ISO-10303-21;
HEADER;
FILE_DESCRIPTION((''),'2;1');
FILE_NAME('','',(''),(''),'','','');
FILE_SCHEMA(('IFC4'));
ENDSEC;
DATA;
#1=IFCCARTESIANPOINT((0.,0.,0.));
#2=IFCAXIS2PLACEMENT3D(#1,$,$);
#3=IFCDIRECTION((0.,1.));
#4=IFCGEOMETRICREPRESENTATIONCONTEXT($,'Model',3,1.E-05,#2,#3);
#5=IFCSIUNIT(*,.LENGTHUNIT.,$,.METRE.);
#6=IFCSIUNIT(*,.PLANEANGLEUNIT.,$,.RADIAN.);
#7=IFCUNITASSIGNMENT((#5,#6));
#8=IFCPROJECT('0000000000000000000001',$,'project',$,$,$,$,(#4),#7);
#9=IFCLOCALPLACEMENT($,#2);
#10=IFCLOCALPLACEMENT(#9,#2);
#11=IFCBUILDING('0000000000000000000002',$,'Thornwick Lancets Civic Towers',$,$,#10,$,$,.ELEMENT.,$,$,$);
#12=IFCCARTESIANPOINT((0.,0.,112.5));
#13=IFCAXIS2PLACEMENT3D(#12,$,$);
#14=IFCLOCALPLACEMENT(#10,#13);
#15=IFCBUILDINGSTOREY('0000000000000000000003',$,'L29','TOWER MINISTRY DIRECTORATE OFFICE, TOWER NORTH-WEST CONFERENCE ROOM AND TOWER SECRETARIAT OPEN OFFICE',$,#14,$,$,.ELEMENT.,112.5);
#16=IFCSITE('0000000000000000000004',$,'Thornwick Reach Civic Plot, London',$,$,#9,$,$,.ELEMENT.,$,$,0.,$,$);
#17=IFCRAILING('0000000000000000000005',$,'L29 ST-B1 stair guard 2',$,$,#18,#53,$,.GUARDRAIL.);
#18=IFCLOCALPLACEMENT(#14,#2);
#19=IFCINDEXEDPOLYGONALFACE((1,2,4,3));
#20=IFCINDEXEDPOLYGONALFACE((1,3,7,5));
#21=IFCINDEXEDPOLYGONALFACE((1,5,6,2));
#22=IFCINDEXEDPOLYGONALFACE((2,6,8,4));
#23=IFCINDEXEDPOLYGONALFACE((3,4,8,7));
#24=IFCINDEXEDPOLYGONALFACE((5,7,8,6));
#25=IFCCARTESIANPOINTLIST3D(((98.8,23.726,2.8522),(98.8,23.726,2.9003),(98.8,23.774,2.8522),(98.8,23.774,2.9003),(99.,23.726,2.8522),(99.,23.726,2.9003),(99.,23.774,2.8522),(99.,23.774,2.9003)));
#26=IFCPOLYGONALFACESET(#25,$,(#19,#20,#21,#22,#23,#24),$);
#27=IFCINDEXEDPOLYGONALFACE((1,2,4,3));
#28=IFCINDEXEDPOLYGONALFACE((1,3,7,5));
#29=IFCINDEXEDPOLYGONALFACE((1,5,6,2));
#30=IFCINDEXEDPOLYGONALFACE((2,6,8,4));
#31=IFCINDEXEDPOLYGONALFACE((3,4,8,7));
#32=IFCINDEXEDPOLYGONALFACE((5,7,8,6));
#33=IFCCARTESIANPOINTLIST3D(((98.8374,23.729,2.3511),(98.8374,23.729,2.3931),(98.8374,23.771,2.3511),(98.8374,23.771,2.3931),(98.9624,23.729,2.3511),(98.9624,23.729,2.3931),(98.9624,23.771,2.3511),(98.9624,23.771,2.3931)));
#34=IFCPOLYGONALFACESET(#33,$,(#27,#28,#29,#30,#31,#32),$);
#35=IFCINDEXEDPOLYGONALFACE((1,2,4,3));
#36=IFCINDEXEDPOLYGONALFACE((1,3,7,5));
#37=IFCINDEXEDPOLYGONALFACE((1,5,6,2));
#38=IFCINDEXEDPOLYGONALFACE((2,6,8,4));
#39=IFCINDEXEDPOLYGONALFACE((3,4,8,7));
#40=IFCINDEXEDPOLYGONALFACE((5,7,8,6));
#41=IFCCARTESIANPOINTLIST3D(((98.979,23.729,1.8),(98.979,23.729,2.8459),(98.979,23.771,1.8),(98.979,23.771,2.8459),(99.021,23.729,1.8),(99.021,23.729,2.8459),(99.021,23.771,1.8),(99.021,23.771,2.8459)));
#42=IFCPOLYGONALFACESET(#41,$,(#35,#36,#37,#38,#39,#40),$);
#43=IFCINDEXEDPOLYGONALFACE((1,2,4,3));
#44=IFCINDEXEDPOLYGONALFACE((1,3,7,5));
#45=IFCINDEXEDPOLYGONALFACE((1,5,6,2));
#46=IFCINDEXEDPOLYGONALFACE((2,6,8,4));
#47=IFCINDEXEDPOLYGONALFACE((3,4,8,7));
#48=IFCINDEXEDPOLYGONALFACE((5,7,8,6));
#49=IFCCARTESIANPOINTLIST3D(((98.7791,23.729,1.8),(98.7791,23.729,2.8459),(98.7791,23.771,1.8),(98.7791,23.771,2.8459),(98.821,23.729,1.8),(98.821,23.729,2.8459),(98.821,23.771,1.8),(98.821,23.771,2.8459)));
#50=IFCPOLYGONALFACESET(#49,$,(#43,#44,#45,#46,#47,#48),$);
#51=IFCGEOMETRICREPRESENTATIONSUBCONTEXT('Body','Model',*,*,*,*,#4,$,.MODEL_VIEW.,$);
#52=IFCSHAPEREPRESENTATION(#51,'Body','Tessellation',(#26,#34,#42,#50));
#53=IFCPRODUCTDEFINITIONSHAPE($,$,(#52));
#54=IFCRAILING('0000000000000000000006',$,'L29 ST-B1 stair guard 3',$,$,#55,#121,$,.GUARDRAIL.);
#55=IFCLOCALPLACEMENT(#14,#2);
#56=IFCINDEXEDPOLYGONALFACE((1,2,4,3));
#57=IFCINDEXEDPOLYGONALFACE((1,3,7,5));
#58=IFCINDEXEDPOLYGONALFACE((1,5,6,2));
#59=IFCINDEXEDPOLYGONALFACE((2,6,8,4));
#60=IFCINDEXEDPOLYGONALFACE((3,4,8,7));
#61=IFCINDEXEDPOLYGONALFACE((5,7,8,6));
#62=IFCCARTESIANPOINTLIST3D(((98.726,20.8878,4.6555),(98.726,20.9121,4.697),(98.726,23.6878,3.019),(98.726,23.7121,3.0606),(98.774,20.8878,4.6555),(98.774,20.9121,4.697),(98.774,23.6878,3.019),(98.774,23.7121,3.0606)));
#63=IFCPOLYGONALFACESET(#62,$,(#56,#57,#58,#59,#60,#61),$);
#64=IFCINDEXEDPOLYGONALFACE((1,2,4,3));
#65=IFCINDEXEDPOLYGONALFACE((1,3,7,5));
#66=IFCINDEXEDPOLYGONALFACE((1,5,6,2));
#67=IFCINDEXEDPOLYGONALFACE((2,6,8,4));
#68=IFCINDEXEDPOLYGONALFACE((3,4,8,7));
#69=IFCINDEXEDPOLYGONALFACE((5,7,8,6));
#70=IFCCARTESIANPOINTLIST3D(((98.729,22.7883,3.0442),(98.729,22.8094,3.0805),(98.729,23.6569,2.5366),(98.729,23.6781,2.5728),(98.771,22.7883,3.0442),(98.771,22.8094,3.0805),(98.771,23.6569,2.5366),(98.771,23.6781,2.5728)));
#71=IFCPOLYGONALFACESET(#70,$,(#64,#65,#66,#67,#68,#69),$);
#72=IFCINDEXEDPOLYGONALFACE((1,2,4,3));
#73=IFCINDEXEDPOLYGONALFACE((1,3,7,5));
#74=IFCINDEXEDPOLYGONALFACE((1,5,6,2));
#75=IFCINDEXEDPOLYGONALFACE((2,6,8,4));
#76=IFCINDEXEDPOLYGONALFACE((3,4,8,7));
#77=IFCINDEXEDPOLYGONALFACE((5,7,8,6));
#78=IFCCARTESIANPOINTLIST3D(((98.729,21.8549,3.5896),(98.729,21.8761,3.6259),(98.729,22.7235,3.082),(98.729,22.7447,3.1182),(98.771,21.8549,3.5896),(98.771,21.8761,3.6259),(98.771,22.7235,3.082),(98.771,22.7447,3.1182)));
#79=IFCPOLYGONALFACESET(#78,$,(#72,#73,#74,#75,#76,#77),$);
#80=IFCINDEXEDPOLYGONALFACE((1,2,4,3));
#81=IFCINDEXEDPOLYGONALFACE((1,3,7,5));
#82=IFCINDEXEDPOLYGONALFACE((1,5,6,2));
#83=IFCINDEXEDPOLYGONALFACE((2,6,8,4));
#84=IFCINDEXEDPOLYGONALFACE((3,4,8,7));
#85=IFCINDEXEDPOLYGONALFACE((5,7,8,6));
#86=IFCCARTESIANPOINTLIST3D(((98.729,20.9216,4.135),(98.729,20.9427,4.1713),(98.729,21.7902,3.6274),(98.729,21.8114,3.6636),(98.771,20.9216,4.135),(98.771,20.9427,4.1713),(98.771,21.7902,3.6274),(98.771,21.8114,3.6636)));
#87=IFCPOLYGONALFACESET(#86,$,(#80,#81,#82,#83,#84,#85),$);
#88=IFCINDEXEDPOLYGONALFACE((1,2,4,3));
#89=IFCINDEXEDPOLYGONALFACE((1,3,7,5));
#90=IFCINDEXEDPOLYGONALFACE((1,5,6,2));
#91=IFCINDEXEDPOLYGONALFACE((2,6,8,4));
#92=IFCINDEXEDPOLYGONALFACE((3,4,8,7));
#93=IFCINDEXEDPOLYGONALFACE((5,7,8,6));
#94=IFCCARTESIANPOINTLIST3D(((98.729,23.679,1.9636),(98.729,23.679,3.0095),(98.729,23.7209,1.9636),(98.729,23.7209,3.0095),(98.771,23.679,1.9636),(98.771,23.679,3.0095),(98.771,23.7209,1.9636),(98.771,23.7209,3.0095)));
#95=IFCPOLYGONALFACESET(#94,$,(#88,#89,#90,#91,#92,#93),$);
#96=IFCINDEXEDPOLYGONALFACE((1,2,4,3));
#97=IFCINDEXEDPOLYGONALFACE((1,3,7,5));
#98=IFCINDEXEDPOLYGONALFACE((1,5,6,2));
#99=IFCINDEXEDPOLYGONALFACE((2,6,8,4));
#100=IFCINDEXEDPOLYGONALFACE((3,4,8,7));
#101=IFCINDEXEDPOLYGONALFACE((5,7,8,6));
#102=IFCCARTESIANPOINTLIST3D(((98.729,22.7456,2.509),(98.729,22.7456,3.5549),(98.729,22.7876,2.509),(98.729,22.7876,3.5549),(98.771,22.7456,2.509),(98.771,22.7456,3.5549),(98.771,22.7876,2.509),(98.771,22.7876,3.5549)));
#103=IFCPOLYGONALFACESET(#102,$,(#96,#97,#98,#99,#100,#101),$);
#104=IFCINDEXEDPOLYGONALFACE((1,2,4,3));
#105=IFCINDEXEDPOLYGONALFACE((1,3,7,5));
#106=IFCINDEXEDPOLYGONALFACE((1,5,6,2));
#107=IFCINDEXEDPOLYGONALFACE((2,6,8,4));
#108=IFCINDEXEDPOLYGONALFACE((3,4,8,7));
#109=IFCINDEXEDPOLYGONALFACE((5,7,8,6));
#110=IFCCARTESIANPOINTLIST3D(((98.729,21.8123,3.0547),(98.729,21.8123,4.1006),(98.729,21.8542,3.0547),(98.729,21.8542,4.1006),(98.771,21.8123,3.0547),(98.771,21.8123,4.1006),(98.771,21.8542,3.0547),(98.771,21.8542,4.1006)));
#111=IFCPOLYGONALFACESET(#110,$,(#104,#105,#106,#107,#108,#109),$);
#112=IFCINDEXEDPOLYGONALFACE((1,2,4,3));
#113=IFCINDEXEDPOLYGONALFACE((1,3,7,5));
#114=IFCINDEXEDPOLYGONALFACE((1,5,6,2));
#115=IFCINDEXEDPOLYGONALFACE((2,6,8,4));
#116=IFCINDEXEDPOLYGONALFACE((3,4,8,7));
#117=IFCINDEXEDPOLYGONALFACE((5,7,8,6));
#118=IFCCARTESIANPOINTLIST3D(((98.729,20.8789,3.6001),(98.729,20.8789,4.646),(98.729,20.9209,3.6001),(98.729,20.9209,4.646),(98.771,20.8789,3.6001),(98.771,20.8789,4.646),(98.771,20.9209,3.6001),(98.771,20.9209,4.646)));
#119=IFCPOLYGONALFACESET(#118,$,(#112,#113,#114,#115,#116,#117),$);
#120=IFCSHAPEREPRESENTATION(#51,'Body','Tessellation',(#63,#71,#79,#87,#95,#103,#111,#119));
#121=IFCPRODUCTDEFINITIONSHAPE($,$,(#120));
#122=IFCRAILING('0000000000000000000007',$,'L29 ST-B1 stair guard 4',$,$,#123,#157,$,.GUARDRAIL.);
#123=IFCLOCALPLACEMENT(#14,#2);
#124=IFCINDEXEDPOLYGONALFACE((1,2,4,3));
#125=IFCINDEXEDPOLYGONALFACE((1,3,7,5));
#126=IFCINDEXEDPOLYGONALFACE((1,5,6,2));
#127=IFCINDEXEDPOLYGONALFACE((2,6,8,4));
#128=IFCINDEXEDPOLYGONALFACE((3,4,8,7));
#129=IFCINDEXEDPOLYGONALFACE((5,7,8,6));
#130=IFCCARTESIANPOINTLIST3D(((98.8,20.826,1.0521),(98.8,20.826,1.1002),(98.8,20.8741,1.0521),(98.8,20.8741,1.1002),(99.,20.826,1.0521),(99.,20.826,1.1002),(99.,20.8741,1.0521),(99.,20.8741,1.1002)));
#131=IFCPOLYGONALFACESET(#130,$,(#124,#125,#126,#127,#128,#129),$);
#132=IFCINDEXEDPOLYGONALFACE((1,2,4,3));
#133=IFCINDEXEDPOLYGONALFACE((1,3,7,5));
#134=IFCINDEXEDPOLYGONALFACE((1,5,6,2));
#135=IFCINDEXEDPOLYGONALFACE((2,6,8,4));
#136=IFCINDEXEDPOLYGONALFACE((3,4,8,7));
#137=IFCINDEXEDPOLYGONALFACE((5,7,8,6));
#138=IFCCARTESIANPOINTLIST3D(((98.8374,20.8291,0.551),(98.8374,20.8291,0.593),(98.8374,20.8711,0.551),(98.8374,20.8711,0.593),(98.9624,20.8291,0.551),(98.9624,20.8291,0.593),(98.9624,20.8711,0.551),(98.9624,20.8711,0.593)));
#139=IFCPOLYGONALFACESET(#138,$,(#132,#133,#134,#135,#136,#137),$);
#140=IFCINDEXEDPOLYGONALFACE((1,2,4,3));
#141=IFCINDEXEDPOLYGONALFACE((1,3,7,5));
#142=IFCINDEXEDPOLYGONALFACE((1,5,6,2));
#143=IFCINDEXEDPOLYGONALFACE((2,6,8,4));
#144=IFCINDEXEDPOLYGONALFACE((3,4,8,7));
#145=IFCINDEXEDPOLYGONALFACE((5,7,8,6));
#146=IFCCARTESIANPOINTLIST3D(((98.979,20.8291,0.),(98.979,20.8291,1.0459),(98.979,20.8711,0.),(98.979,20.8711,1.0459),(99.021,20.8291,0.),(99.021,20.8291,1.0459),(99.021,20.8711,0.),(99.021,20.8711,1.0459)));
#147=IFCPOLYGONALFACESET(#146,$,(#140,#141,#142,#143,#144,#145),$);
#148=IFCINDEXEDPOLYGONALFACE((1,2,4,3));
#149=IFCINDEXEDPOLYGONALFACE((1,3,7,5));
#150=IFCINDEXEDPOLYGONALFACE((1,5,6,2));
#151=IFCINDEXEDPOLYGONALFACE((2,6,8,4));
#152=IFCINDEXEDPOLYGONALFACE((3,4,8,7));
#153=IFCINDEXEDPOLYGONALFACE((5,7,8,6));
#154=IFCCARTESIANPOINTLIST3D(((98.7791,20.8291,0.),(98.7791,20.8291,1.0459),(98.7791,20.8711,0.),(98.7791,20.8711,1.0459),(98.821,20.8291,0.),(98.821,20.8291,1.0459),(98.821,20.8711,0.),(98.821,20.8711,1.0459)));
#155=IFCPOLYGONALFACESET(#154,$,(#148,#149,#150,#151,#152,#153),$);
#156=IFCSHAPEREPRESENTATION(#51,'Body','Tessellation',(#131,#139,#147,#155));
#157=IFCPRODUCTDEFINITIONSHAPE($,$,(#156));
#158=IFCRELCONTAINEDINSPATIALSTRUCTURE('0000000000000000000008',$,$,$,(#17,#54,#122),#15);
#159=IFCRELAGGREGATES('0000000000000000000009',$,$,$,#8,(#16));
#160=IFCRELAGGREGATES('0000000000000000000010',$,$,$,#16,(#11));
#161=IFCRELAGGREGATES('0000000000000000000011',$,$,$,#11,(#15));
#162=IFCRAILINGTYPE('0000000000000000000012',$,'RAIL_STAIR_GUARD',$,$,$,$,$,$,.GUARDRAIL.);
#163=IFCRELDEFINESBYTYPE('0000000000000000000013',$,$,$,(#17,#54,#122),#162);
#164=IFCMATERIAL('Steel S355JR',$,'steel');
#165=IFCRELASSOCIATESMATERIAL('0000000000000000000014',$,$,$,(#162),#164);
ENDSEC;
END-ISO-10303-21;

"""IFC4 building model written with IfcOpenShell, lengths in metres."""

from ifc_helpers import new_model, si_unit, direction, frame, origin, origin_2d, place, context, subcontext, project, spatial, rectangle, extrude, material, type_object, element, save


model = new_model("IFC4")

# Units and contexts
model_context = context("Model", 3, precision=1e-05, world=origin(), true_north=direction((0.0, 1.0)))
body_context = subcontext(model_context, "Body", "Model", "MODEL_VIEW")
ifc_project = project(units=[si_unit("LENGTHUNIT", "METRE"), si_unit("PLANEANGLEUNIT", "RADIAN")], contexts=[model_context])

# Site, building, storey
site_placement = place(None, origin())
site = spatial("IfcSite", under=ifc_project, at=site_placement, Name="Thornwick Reach Civic Plot, London", CompositionType="ELEMENT", RefElevation=0.0)
building_placement = place(site_placement, origin())
building = spatial("IfcBuilding", under=site, at=building_placement, Name="Thornwick Lancets Civic Towers", CompositionType="ELEMENT")
storey_placement = place(building_placement, frame((0.0, 0.0, 112.5)))
storey = spatial("IfcBuildingStorey", under=building, at=storey_placement, Name="L29", Description="TOWER MINISTRY DIRECTORATE OFFICE, TOWER NORTH-WEST CONFERENCE ROOM AND TOWER SECRETARIAT OPEN OFFICE", CompositionType="ELEMENT", Elevation=112.5)

# Railings
ifc_material_1 = material(Name="Steel S355JR", Category="steel")
railing_type_1 = type_object("IfcRailingType", Name="RAIL_STAIR_GUARD", PredefinedType="GUARDRAIL", material=ifc_material_1)
railing_1_placement = place(storey_placement, frame((99.0, 23.75, 1.8)))
element("IfcRailing", 1, at=railing_1_placement, inside=storey, type_object=railing_type_1, Name="L29 ST-B1 stair guard 2", PredefinedType="GUARDRAIL", context=body_context, shape_type="SweptSolid", body=[
    extrude(rectangle(XDim=0.0481, YDim=0.0481, at=origin_2d()), frame((0.0, 0.0, 1.0762), z_axis=(-1.0, 0.0, 0.0), x_axis=(0.0, -1.0, 0.0)), (0.0, 0.0, 1.0), 0.2),
    extrude(rectangle(XDim=0.042, YDim=0.042, at=origin_2d()), frame((-0.0376, 0.0, 0.572), z_axis=(-1.0, 0.0, 0.0), x_axis=(0.0, -1.0, 0.0)), (0.0, 0.0, 1.0), 0.125),
    extrude(rectangle(XDim=0.042, YDim=0.042, at=origin_2d()), origin(), (0.0, 0.0, 1.0), 1.0459),
    extrude(rectangle(XDim=0.042, YDim=0.042, at=origin_2d()), frame((-0.2, 0.0, 0.0)), (0.0, 0.0, 1.0), 1.0459),
])
railing_2_placement = place(storey_placement, frame((98.75, 23.7, 1.9636)))
element("IfcRailing", 2, at=railing_2_placement, inside=storey, type_object=railing_type_1, Name="L29 ST-B1 stair guard 3", PredefinedType="GUARDRAIL", context=body_context, shape_type="SweptSolid", body=[
    extrude(rectangle(XDim=0.0481, YDim=0.0481, at=origin_2d()), frame((0.0, 0.0, 1.0762), z_axis=(0.0, -0.863361, 0.504587), x_axis=(1.0, 0.0, 0.0)), (0.0, 0.0, 1.0), 3.2432),
    extrude(rectangle(XDim=0.042, YDim=0.042, at=origin_2d()), frame((0.0, -0.0325, 0.5911), z_axis=(0.0, -0.863361, 0.504587), x_axis=(1.0, 0.0, 0.0)), (0.0, 0.0, 1.0), 1.0061),
    extrude(rectangle(XDim=0.042, YDim=0.042, at=origin_2d()), frame((0.0, -0.9658, 1.1365), z_axis=(0.0, -0.863361, 0.504587), x_axis=(1.0, 0.0, 0.0)), (0.0, 0.0, 1.0), 1.0061),
    extrude(rectangle(XDim=0.042, YDim=0.042, at=origin_2d()), frame((0.0, -1.8992, 1.6819), z_axis=(0.0, -0.863361, 0.504587), x_axis=(1.0, 0.0, 0.0)), (0.0, 0.0, 1.0), 1.0061),
    extrude(rectangle(XDim=0.042, YDim=0.042, at=origin_2d()), origin(), (0.0, 0.0, 1.0), 1.0459),
    extrude(rectangle(XDim=0.042, YDim=0.042, at=origin_2d()), frame((0.0, -0.9333, 0.5454)), (0.0, 0.0, 1.0), 1.0459),
    extrude(rectangle(XDim=0.042, YDim=0.042, at=origin_2d()), frame((0.0, -1.8667, 1.0911)), (0.0, 0.0, 1.0), 1.0459),
    extrude(rectangle(XDim=0.042, YDim=0.042, at=origin_2d()), frame((0.0, -2.8, 1.6365)), (0.0, 0.0, 1.0), 1.0459),
])
railing_3_placement = place(storey_placement, frame((99.0, 20.8501, 0.0)))
element("IfcRailing", 3, at=railing_3_placement, inside=storey, type_object=railing_type_1, Name="L29 ST-B1 stair guard 4", PredefinedType="GUARDRAIL", context=body_context, shape_type="SweptSolid", body=[
    extrude(rectangle(XDim=0.0481, YDim=0.0481, at=origin_2d()), frame((0.0, 0.0, 1.0762), z_axis=(-1.0, 0.0, 0.0), x_axis=(0.0, -1.0, 0.0)), (0.0, 0.0, 1.0), 0.2),
    extrude(rectangle(XDim=0.042, YDim=0.042, at=origin_2d()), frame((-0.0376, 0.0, 0.572), z_axis=(-1.0, 0.0, 0.0), x_axis=(0.0, -1.0, 0.0)), (0.0, 0.0, 1.0), 0.125),
    extrude(rectangle(XDim=0.042, YDim=0.042, at=origin_2d()), origin(), (0.0, 0.0, 1.0), 1.0459),
    extrude(rectangle(XDim=0.042, YDim=0.042, at=origin_2d()), frame((-0.2, 0.0, 0.0)), (0.0, 0.0, 1.0), 1.0459),
])

save(model, "model.ifc")
